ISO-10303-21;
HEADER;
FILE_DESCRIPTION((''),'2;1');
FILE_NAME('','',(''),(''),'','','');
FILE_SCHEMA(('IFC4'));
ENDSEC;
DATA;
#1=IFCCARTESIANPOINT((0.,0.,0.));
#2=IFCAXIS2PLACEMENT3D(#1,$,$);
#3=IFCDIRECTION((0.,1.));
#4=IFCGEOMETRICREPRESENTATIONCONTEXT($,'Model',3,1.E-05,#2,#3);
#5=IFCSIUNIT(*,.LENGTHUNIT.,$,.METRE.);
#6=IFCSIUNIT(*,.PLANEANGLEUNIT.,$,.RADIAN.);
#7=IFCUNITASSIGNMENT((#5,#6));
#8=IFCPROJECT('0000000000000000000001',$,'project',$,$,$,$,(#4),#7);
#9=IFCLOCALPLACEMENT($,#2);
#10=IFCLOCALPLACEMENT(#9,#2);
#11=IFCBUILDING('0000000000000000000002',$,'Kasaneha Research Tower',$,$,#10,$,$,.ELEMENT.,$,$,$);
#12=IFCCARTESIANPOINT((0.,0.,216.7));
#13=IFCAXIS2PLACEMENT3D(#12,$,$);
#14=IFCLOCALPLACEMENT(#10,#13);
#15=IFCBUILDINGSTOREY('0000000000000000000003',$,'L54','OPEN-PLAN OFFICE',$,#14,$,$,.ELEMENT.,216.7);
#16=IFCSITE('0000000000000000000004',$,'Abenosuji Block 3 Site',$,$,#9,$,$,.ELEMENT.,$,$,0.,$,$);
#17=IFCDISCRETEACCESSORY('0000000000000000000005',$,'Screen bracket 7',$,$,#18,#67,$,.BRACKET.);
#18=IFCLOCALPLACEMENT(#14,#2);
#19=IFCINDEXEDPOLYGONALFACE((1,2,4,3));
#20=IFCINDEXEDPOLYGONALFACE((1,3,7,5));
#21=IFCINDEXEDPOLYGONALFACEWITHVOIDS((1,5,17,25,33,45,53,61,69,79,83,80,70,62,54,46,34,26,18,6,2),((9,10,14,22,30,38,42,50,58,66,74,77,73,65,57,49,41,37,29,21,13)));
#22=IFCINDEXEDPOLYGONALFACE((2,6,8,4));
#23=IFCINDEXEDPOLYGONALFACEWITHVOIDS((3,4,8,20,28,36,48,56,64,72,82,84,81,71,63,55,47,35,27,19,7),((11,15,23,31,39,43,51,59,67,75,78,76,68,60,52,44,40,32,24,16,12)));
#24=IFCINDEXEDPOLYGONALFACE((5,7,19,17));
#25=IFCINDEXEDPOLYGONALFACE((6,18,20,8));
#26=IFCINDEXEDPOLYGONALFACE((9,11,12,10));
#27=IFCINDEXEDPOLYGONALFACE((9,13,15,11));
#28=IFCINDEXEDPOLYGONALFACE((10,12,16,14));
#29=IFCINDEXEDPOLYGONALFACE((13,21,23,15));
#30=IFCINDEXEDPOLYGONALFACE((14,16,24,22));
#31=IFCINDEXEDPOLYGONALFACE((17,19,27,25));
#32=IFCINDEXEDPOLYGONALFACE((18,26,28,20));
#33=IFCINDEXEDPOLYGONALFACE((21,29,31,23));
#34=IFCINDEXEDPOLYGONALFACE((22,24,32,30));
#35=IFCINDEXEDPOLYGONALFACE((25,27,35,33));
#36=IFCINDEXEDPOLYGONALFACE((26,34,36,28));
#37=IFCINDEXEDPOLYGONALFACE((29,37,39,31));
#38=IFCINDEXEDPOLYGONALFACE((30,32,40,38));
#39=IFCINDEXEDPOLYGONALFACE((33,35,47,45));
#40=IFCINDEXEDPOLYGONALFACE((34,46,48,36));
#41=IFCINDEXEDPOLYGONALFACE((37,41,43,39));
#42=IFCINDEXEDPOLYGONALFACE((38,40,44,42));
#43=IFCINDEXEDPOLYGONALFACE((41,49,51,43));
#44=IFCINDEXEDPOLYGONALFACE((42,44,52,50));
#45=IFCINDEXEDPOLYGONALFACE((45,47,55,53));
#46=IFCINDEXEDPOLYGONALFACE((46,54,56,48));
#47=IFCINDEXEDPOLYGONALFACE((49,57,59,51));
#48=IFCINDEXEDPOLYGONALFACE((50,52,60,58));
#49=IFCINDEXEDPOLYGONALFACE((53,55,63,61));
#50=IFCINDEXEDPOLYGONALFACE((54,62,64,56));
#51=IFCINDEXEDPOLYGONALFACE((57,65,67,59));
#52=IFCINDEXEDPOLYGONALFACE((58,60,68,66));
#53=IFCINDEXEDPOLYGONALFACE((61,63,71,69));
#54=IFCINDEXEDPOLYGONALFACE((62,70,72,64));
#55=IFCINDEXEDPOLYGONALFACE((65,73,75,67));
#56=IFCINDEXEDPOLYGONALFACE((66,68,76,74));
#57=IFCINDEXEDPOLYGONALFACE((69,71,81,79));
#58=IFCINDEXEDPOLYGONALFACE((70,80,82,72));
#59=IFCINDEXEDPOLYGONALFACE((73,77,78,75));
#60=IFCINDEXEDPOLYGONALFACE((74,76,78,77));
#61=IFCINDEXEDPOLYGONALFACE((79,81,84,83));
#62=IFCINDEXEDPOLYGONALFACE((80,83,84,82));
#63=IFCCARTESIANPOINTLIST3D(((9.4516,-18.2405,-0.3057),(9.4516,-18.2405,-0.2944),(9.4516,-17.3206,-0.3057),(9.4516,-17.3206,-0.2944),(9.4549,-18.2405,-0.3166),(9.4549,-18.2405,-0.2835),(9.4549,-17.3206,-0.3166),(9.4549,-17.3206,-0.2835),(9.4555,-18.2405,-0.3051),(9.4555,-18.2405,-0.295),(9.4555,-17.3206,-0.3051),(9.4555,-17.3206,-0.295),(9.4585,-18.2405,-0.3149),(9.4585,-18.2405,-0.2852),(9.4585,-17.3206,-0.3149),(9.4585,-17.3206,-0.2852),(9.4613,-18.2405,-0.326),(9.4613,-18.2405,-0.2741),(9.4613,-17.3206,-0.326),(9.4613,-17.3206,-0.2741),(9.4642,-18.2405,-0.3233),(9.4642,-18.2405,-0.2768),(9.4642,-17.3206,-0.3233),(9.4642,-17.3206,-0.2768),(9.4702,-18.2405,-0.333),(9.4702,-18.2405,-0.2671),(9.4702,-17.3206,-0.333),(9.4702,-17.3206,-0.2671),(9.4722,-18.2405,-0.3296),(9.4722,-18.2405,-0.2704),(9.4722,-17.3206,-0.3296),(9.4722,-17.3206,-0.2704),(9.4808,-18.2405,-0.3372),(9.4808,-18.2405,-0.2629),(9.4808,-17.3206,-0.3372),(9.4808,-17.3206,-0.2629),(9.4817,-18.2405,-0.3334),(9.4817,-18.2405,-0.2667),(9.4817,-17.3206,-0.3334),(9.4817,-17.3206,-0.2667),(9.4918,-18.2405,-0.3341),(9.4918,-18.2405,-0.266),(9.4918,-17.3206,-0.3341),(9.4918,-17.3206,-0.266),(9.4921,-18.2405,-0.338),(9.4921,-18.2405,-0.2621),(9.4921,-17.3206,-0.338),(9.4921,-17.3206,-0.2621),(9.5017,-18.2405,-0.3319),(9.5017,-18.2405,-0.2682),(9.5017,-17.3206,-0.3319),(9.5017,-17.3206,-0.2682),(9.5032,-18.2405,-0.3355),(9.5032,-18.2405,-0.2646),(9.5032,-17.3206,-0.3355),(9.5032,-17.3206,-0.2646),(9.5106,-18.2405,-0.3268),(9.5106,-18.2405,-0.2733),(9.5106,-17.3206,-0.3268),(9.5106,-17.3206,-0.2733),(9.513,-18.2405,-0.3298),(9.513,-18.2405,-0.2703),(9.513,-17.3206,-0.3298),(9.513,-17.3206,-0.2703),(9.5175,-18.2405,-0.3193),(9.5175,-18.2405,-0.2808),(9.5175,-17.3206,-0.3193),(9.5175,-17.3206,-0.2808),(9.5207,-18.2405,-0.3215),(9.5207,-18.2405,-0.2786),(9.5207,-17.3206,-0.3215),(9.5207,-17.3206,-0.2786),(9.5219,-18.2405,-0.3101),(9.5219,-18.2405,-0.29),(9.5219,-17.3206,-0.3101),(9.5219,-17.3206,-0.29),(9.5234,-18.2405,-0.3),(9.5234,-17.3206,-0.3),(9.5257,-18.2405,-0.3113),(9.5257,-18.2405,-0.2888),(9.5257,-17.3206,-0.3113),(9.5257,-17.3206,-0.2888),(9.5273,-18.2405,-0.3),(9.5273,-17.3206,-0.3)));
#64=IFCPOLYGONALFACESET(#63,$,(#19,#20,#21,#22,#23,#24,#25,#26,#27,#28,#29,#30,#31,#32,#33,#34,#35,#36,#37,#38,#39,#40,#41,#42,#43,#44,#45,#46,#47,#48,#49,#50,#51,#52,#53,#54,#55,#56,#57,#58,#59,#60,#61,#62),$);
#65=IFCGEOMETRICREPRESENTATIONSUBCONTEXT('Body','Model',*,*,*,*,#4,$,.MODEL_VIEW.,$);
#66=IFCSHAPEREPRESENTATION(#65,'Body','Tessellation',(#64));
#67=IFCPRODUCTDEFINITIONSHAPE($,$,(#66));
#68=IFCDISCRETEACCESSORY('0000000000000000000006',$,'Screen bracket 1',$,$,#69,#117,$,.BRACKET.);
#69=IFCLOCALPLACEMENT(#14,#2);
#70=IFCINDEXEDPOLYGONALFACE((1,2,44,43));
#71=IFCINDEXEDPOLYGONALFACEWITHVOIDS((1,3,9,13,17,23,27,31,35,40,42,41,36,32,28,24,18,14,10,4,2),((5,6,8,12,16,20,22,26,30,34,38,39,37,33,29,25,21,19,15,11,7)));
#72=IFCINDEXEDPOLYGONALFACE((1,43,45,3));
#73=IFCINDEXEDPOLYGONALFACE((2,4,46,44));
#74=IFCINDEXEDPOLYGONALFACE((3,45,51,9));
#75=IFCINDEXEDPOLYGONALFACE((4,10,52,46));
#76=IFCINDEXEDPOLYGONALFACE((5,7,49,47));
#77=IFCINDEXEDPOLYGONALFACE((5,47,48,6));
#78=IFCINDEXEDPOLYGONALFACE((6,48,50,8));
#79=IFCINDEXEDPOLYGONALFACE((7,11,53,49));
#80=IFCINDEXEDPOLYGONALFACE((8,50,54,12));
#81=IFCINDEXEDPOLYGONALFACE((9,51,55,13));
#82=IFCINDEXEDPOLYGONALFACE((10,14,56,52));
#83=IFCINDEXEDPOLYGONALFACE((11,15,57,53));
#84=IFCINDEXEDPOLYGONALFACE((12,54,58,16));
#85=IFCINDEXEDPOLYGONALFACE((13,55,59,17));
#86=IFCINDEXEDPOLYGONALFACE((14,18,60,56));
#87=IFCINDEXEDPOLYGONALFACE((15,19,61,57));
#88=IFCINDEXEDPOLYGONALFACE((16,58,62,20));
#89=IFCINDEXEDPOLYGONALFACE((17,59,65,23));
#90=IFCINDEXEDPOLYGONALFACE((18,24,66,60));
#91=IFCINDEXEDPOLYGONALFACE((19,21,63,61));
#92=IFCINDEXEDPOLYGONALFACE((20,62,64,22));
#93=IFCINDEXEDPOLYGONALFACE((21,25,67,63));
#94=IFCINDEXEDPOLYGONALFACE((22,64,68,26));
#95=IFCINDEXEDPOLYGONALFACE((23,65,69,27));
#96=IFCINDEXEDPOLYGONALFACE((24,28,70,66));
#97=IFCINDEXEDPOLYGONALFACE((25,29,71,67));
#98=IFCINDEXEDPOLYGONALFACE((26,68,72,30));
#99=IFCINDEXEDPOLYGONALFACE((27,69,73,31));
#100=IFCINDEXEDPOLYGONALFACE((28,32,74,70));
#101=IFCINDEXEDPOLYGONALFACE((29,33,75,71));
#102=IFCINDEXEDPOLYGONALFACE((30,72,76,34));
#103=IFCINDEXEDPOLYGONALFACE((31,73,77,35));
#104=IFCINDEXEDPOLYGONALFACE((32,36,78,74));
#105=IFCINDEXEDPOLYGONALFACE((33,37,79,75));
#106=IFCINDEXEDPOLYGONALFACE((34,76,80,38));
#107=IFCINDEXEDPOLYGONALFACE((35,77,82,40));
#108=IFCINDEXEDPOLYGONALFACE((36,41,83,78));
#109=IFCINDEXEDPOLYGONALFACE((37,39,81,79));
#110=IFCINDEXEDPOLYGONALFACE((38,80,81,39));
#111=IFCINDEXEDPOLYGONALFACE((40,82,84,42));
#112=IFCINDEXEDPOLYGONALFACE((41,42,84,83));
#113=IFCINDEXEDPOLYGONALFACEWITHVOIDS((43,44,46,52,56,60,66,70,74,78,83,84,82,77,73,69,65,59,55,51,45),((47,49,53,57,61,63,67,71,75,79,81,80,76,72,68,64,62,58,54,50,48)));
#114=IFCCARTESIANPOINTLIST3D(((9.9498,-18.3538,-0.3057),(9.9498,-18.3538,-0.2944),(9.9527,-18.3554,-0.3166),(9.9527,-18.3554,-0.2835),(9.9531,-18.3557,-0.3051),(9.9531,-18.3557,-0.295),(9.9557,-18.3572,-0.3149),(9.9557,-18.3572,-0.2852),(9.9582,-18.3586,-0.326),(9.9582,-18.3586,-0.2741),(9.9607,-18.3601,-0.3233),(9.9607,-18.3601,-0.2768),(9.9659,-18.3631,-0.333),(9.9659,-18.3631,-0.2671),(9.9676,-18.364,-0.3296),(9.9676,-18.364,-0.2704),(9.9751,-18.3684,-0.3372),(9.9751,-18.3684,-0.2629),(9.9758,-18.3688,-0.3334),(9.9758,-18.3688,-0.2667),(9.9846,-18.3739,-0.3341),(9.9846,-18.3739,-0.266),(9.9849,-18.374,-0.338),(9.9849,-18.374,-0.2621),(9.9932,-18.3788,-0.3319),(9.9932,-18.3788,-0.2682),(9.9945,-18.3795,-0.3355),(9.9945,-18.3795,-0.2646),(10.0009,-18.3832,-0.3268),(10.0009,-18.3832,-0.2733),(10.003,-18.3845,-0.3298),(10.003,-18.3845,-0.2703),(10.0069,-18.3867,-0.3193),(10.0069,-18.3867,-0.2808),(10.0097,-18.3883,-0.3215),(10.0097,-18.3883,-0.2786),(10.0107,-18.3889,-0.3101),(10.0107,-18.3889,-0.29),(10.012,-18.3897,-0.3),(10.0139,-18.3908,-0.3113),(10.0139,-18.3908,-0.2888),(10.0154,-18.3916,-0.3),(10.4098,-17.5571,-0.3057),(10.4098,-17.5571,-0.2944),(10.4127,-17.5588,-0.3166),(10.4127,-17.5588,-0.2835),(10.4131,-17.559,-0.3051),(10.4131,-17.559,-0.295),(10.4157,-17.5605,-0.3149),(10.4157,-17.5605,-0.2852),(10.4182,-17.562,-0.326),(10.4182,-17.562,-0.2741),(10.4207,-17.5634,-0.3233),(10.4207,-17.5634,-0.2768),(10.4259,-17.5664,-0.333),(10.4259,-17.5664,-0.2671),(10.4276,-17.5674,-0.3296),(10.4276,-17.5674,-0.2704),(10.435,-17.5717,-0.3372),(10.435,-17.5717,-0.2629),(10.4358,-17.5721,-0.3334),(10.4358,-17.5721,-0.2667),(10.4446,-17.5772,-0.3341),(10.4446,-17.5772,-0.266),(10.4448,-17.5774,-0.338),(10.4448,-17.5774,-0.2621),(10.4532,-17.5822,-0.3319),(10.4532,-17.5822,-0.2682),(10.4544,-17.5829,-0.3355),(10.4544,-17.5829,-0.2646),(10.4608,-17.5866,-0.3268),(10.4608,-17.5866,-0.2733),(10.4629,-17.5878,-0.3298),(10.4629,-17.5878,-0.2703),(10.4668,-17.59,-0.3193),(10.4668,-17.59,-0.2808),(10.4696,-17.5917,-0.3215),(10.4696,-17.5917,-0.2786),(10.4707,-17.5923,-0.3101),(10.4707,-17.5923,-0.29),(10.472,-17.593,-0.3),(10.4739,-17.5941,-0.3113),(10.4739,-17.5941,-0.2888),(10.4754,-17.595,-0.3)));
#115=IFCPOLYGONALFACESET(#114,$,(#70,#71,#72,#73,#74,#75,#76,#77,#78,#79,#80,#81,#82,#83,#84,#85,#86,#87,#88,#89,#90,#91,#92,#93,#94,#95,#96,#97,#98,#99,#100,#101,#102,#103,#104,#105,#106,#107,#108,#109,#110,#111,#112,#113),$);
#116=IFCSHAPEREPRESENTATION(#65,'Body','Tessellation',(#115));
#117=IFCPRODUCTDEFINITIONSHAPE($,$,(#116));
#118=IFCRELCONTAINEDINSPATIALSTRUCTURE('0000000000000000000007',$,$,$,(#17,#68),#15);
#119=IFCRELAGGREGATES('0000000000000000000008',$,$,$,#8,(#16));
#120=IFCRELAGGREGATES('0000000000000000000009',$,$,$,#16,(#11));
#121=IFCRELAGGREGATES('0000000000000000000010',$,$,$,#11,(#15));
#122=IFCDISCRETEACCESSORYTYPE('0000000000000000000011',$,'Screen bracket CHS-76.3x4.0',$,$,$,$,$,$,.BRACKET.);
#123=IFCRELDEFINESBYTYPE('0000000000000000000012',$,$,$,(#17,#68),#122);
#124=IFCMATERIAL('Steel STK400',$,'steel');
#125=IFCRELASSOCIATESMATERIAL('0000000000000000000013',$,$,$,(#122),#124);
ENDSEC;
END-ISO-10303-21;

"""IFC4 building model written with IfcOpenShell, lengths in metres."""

from ifc_helpers import new_model, si_unit, direction, frame, origin, origin_2d, place, context, subcontext, project, spatial, hollow_circle, extrude, material, material_profile, profile_set, type_object, element, save


model = new_model("IFC4")

# Units and contexts
model_context = context("Model", 3, precision=1e-05, world=origin(), true_north=direction((0.0, 1.0)))
body_context = subcontext(model_context, "Body", "Model", "MODEL_VIEW")
ifc_project = project(units=[si_unit("LENGTHUNIT", "METRE"), si_unit("PLANEANGLEUNIT", "RADIAN")], contexts=[model_context])

# Site, building, storey
site_placement = place(None, origin())
site = spatial("IfcSite", under=ifc_project, at=site_placement, Name="Abenosuji Block 3 Site", CompositionType="ELEMENT", RefElevation=0.0)
building_placement = place(site_placement, origin())
building = spatial("IfcBuilding", under=site, at=building_placement, Name="Kasaneha Research Tower", CompositionType="ELEMENT")
storey_placement = place(building_placement, frame((0.0, 0.0, 216.7)))
storey = spatial("IfcBuildingStorey", under=building, at=storey_placement, Name="L54", Description="OPEN-PLAN OFFICE", CompositionType="ELEMENT", Elevation=216.7)

# Discrete accessories
ifc_material_1 = material(Name="Steel STK400", Category="steel")
ifc_material_profile_1 = material_profile(ifc_material_1, hollow_circle(Radius=0.0381, WallThickness=0.0039, at=origin_2d()), Name="CHS-76.3x4.0")
ifc_profile_set_1 = profile_set([ifc_material_profile_1], Name="Steel STK400")
discrete_accessory_type = type_object("IfcDiscreteAccessoryType", Name="Screen bracket CHS-76.3x4.0", PredefinedType="BRACKET", material=ifc_profile_set_1)
for number, where, z_axis, x_axis, name in (
    (1, (9.4893, -17.3206, -0.3), (0.0, -1.0, 0.0), (1.0, 0.0, 0.0), "Screen bracket 7"),
    (2, (10.4424, -17.5759, -0.3), (-0.500021, -0.866013, 0.0), (0.866013, -0.500021, 0.0), "Screen bracket 1"),
):
    element("IfcDiscreteAccessory", number, at=place(storey_placement, frame(where, z_axis=z_axis, x_axis=x_axis)), inside=storey, type_object=discrete_accessory_type, Name=name, PredefinedType="BRACKET", context=body_context, shape_type="SweptSolid", body=[
        extrude(hollow_circle(Radius=0.0381, WallThickness=0.0039, at=origin_2d()), origin(), (0.0, 0.0, 1.0), 0.9199),
    ])

save(model, "model.ifc")
